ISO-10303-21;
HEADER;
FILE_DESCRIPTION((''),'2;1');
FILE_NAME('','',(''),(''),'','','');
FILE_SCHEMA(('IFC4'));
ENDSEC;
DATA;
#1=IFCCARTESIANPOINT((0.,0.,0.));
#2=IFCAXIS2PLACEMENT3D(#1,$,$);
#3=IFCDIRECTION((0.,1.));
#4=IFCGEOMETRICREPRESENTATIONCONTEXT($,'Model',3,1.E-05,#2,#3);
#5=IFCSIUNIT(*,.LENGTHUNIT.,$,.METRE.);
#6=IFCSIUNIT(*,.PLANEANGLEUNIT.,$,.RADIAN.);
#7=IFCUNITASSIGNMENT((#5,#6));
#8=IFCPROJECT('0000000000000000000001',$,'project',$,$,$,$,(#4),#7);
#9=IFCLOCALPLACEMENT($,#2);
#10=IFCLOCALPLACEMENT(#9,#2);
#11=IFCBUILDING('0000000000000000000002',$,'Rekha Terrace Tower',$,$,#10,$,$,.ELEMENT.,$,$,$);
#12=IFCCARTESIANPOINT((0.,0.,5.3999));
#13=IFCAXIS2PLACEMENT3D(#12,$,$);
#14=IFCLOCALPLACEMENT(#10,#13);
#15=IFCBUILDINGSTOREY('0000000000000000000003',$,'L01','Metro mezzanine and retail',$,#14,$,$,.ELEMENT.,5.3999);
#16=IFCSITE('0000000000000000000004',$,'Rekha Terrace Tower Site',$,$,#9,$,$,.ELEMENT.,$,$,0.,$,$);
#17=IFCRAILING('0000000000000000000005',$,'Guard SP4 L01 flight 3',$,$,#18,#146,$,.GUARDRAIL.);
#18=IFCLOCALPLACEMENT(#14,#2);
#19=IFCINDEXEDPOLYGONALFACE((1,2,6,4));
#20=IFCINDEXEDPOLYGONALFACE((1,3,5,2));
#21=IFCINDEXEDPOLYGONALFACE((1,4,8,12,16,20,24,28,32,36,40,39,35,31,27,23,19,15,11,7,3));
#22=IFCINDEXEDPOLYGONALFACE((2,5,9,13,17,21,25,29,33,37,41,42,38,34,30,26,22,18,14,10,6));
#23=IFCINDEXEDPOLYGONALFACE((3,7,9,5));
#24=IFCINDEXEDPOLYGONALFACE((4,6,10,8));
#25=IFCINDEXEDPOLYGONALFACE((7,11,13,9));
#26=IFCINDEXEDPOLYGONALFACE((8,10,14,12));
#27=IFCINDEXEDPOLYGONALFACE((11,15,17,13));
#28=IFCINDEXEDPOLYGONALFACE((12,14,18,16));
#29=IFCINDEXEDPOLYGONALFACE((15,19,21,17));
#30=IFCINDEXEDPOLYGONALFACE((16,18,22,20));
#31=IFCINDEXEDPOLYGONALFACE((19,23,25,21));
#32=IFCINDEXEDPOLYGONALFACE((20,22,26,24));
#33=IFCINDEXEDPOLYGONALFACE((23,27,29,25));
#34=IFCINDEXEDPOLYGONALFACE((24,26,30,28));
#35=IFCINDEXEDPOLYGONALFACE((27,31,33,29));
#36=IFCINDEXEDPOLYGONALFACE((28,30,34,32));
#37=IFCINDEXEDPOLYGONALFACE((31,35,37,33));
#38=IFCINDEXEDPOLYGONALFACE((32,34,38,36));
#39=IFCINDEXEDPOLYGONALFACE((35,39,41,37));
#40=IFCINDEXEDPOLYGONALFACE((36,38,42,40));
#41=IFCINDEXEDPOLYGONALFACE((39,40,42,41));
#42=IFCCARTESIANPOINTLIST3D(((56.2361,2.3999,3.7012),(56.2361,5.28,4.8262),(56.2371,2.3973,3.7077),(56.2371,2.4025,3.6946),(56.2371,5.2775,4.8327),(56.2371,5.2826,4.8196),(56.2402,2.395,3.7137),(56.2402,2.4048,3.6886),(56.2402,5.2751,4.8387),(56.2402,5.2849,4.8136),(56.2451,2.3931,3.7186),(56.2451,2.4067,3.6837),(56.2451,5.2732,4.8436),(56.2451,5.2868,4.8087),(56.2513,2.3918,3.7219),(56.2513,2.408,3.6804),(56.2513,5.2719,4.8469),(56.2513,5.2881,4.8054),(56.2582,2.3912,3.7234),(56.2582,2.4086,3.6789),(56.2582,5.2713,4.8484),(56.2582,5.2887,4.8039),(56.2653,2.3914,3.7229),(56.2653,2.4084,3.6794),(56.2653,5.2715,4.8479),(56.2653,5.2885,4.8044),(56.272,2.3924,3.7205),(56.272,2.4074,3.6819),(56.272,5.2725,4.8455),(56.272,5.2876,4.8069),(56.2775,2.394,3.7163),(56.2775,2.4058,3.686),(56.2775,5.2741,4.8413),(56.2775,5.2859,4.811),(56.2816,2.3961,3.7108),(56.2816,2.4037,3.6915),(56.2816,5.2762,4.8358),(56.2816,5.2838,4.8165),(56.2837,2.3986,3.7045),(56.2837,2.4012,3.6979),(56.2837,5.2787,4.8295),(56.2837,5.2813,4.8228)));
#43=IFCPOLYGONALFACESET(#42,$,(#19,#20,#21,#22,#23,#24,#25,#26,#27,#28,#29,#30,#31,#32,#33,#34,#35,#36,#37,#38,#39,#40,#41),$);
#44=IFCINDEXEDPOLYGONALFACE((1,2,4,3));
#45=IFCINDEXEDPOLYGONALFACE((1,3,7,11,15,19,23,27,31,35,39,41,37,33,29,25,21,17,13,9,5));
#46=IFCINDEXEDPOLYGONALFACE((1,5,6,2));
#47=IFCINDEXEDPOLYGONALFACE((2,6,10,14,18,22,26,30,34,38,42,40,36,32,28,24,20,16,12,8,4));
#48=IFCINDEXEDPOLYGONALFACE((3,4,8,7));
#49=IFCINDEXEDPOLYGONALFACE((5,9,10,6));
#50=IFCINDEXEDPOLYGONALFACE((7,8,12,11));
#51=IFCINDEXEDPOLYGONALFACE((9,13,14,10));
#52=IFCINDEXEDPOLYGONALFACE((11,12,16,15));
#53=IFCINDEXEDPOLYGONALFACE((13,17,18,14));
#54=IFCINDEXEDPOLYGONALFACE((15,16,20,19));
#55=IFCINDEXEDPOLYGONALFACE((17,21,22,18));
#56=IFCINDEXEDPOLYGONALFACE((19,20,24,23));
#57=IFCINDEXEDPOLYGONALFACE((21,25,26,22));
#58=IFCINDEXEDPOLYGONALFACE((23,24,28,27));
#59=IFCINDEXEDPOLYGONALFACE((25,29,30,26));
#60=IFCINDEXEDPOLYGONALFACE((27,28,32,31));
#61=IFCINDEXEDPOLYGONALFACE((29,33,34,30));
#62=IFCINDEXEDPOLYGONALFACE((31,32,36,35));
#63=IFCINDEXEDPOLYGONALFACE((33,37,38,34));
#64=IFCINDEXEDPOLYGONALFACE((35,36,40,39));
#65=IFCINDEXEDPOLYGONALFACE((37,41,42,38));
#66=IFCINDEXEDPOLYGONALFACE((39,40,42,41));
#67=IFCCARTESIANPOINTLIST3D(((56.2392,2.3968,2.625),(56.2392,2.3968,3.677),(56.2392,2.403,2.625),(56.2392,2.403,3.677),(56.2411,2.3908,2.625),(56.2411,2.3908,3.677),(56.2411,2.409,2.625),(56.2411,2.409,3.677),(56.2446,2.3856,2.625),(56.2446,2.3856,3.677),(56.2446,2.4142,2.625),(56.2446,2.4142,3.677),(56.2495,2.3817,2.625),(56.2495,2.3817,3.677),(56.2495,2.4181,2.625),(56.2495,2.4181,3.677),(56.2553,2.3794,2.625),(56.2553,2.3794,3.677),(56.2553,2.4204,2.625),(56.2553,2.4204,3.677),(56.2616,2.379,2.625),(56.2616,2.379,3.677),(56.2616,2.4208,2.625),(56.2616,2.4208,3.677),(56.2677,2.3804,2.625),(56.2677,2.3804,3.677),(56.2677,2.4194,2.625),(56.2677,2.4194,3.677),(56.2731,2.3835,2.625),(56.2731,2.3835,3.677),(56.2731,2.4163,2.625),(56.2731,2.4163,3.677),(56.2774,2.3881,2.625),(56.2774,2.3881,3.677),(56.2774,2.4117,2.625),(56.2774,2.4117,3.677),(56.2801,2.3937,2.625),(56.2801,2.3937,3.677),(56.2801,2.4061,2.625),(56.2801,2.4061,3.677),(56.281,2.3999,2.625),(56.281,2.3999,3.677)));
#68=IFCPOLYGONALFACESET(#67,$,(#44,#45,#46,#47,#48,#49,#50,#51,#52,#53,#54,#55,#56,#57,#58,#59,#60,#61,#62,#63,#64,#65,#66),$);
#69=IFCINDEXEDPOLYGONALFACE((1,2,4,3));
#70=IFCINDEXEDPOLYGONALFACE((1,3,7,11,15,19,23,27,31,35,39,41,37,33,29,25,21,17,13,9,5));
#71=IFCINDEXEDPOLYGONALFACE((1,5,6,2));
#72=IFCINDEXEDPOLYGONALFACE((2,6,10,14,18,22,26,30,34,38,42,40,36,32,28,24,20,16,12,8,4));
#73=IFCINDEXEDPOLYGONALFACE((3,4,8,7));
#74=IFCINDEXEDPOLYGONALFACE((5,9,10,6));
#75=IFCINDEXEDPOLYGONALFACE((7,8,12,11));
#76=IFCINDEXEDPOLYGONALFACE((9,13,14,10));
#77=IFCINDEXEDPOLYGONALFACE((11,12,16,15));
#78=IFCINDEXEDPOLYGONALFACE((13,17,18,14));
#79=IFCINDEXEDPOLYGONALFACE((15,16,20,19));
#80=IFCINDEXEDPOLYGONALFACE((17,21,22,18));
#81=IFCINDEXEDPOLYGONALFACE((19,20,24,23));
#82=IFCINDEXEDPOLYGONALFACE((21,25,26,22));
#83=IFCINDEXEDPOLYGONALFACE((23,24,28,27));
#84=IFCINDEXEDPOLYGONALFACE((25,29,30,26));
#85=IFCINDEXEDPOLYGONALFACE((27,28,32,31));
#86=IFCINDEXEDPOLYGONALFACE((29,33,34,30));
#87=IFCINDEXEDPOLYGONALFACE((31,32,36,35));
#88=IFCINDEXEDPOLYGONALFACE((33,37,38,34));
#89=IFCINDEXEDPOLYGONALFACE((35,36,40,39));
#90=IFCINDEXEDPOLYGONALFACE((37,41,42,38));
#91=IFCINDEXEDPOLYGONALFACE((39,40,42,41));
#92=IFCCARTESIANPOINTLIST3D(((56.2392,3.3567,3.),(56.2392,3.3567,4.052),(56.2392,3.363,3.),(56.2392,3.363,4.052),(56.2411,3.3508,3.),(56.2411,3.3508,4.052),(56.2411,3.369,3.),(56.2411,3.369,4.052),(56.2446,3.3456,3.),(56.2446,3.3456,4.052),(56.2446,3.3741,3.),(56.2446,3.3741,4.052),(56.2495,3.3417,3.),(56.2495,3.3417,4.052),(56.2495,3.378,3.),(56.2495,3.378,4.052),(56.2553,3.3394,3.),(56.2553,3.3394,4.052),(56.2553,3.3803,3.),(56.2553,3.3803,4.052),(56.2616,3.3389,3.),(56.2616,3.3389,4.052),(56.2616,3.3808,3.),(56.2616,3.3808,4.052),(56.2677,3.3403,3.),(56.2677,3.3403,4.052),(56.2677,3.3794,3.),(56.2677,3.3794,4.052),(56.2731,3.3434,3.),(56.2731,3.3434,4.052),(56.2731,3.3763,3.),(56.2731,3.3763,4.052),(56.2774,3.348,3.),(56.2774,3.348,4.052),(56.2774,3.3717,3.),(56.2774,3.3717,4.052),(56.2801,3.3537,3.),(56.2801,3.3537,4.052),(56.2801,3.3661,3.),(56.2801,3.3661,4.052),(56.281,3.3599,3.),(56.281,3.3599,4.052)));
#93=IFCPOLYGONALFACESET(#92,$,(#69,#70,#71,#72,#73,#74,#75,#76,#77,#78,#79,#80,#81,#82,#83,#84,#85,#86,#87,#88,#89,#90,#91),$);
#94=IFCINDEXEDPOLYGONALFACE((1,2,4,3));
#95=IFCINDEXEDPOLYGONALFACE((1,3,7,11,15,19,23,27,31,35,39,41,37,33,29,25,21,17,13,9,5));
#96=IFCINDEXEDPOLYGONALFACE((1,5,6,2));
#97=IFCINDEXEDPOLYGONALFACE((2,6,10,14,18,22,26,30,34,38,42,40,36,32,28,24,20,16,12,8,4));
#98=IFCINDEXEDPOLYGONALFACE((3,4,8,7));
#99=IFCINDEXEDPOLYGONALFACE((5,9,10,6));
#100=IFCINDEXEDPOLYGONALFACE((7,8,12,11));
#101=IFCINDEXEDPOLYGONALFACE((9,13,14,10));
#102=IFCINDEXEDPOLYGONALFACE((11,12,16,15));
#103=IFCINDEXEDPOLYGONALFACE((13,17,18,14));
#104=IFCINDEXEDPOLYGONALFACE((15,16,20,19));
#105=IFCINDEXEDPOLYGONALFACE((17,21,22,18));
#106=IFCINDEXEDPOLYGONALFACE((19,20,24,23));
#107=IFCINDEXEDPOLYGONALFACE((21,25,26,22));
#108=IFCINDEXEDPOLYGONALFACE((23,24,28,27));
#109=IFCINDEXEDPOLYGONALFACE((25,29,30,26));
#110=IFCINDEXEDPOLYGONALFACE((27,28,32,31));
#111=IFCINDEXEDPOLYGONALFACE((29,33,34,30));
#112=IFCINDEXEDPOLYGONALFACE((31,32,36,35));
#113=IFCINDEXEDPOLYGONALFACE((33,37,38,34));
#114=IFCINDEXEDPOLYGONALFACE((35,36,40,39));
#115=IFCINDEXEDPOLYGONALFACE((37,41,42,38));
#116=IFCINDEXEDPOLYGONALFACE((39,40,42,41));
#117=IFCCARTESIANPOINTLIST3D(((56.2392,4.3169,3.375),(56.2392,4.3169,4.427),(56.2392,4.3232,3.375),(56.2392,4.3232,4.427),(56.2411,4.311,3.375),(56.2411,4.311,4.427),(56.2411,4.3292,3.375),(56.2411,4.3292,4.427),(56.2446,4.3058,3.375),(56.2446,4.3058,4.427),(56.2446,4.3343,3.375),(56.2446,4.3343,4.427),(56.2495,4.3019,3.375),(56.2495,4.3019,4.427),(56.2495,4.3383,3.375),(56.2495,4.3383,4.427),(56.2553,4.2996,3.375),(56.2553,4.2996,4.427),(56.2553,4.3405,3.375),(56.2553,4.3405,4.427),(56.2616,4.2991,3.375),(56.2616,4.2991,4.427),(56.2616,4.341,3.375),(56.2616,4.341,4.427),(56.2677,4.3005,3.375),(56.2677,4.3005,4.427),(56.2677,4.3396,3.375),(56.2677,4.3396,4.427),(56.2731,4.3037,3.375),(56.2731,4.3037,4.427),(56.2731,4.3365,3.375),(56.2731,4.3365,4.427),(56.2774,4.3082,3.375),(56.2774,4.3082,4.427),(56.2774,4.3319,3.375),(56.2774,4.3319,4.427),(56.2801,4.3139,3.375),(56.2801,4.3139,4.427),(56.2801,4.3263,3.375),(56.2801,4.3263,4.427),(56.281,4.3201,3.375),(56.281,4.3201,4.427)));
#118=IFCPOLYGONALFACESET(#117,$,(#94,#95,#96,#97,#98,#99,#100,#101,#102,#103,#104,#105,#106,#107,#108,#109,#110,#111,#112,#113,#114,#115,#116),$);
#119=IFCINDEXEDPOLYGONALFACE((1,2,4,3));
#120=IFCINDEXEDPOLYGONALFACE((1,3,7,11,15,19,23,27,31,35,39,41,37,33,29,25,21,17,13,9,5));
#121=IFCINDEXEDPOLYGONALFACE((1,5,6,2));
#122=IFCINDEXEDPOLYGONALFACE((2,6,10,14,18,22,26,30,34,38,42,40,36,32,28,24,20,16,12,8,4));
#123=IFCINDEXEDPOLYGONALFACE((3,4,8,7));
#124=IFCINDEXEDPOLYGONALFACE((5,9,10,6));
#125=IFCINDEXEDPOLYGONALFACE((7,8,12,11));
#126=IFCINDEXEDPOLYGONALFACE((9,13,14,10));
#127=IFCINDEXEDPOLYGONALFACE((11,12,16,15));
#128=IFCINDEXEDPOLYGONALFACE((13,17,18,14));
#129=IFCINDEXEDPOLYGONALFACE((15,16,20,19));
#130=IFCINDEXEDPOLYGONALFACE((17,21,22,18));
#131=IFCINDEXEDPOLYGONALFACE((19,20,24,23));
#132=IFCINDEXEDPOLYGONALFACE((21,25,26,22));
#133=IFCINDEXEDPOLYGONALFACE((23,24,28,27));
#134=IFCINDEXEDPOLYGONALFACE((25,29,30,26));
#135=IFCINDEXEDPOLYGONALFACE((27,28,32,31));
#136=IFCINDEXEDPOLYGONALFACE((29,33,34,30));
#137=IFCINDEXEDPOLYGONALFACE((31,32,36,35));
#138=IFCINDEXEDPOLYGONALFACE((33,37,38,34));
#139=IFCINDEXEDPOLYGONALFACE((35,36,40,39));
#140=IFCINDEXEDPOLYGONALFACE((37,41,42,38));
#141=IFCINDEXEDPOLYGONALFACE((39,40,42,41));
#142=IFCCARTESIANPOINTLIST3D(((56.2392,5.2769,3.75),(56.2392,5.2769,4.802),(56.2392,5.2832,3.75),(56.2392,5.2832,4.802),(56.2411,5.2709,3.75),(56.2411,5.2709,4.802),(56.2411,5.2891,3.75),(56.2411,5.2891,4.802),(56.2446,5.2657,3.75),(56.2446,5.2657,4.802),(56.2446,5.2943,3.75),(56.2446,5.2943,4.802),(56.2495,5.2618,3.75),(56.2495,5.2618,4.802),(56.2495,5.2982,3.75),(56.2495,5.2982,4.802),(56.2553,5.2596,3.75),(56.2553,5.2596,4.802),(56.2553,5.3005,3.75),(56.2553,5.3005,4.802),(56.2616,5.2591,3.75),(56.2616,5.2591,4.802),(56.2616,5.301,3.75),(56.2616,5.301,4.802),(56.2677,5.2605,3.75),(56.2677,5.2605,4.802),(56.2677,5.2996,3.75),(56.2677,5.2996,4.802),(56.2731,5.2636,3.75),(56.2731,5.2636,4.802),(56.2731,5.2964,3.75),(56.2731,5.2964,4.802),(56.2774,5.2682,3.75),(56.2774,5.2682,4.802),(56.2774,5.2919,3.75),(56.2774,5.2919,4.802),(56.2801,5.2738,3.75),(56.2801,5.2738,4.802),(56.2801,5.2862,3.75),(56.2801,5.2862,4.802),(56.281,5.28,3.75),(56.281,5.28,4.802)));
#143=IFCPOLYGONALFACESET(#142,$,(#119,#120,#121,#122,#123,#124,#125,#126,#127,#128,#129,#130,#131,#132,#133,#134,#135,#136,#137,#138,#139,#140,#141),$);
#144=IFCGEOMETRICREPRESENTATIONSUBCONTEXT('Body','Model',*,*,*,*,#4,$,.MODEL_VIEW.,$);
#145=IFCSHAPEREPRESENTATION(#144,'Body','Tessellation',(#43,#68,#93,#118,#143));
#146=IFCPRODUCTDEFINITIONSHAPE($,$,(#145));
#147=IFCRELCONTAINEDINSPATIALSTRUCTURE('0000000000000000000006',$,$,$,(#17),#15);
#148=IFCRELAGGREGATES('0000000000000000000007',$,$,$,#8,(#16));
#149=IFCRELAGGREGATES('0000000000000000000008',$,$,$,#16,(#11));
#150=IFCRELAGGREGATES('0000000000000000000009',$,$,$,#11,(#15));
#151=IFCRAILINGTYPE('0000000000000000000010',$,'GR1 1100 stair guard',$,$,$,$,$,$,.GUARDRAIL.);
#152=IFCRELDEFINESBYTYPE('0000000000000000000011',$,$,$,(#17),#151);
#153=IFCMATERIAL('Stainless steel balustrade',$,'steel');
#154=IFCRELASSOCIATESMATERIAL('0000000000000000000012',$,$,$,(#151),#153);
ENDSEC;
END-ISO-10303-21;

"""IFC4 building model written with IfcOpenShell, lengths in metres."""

from ifc_helpers import new_model, si_unit, direction, frame, origin, origin_2d, place, context, subcontext, project, spatial, circle, extrude, material, type_object, element, save


model = new_model("IFC4")

# Units and contexts
model_context = context("Model", 3, precision=1e-05, world=origin(), true_north=direction((0.0, 1.0)))
body_context = subcontext(model_context, "Body", "Model", "MODEL_VIEW")
ifc_project = project(units=[si_unit("LENGTHUNIT", "METRE"), si_unit("PLANEANGLEUNIT", "RADIAN")], contexts=[model_context])

# Site, building, storey
site_placement = place(None, origin())
site = spatial("IfcSite", under=ifc_project, at=site_placement, Name="Rekha Terrace Tower Site", CompositionType="ELEMENT", RefElevation=0.0)
building_placement = place(site_placement, origin())
building = spatial("IfcBuilding", under=site, at=building_placement, Name="Rekha Terrace Tower", CompositionType="ELEMENT")
storey_placement = place(building_placement, frame((0.0, 0.0, 5.3999)))
storey = spatial("IfcBuildingStorey", under=building, at=storey_placement, Name="L01", Description="Metro mezzanine and retail", CompositionType="ELEMENT", Elevation=5.3999)

# Railing
ifc_material_1 = material(Name="Stainless steel balustrade", Category="steel")
railing_type_1 = type_object("IfcRailingType", Name="GR1 1100 stair guard", PredefinedType="GUARDRAIL", material=ifc_material_1)
railing_1_placement = place(storey_placement, frame((56.26, 2.3999, 2.625)))
element("IfcRailing", 1, at=railing_1_placement, inside=storey, type_object=railing_type_1, Name="Guard SP4 L01 flight 3", PredefinedType="GUARDRAIL", context=body_context, shape_type="SweptSolid", body=[
    extrude(circle(Radius=0.0239, at=origin_2d()), frame((0.0, 0.0, 1.0762), z_axis=(0.0, 0.931463, 0.363837), x_axis=(-1.0, 0.0, 0.0)), (0.0, 0.0, 1.0), 3.092),
    extrude(circle(Radius=0.021, at=origin_2d()), origin(), (0.0, 0.0, 1.0), 1.052),
    extrude(circle(Radius=0.021, at=origin_2d()), frame((0.0, 0.96, 0.375)), (0.0, 0.0, 1.0), 1.052),
    extrude(circle(Radius=0.021, at=origin_2d()), frame((0.0, 1.9202, 0.75)), (0.0, 0.0, 1.0), 1.052),
    extrude(circle(Radius=0.021, at=origin_2d()), frame((0.0, 2.8801, 1.125)), (0.0, 0.0, 1.0), 1.052),
])

save(model, "model.ifc")
